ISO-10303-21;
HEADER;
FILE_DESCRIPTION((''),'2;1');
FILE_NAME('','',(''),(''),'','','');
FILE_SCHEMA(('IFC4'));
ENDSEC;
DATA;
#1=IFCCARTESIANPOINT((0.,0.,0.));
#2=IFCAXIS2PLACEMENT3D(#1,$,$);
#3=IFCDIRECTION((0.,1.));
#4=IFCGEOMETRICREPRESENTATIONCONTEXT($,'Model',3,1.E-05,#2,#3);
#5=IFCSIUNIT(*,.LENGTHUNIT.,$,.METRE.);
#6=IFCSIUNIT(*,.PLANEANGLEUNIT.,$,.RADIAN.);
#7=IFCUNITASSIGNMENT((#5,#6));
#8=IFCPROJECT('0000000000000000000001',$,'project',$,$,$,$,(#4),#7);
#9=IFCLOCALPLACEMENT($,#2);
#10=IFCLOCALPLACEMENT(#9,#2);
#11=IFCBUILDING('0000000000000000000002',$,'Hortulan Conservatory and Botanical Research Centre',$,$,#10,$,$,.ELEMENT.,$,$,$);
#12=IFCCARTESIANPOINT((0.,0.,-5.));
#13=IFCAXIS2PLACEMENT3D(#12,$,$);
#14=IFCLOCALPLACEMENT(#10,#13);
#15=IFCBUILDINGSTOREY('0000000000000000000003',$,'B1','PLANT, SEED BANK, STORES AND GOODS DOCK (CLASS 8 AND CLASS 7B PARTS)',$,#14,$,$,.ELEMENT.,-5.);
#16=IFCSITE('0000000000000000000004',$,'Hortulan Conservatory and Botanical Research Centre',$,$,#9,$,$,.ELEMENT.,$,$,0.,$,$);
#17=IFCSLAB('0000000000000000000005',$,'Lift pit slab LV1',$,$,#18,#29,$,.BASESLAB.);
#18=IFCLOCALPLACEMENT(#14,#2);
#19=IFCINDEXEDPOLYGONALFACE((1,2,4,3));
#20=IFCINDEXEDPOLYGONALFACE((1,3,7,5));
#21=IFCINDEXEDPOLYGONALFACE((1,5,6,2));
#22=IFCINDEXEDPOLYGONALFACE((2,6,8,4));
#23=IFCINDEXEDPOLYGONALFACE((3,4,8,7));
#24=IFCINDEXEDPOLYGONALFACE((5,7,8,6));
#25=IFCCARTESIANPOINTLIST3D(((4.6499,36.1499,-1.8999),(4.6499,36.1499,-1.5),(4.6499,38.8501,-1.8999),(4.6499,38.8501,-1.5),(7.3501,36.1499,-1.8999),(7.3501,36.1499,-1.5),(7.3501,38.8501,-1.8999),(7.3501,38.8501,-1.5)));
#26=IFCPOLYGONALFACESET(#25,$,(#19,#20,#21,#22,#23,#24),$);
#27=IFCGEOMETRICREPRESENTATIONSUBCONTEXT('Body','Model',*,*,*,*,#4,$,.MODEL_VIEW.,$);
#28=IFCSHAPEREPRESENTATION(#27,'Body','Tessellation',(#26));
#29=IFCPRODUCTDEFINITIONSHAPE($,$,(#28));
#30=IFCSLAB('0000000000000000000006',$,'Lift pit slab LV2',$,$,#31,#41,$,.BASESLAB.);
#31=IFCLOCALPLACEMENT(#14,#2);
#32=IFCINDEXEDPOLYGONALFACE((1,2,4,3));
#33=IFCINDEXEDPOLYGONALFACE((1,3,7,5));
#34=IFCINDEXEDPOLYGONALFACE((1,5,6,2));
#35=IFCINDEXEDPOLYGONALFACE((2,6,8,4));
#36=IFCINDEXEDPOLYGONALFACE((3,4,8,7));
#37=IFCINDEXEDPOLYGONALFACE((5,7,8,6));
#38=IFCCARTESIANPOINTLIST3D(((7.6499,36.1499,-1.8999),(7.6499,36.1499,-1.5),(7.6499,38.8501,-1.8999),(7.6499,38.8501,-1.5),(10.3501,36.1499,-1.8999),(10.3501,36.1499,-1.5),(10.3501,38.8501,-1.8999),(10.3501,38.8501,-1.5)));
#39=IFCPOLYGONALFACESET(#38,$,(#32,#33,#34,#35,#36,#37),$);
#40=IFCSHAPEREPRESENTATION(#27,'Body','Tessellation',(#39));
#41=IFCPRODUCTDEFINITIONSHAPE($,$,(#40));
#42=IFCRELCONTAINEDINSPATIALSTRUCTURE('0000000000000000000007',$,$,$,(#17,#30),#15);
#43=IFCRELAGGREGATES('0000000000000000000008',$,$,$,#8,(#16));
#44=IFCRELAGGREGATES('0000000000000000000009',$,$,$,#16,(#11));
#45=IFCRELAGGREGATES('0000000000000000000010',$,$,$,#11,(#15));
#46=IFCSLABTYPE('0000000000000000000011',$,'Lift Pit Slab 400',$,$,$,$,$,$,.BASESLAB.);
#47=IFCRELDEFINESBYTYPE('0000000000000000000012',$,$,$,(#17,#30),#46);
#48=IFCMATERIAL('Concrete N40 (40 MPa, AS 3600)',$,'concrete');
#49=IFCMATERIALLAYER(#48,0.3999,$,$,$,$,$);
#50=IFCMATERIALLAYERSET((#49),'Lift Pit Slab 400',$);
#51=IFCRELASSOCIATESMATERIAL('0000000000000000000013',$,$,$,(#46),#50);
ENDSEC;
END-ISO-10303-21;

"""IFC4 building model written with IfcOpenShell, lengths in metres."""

from ifc_helpers import new_model, si_unit, direction, frame, origin, place, context, subcontext, project, spatial, polyline, outline, extrude, material, layer, layer_set, type_object, element, save


model = new_model("IFC4")

# Units and contexts
model_context = context("Model", 3, precision=1e-05, world=origin(), true_north=direction((0.0, 1.0)))
body_context = subcontext(model_context, "Body", "Model", "MODEL_VIEW")
ifc_project = project(units=[si_unit("LENGTHUNIT", "METRE"), si_unit("PLANEANGLEUNIT", "RADIAN")], contexts=[model_context])

# Site, building, storey
site_placement = place(None, origin())
site = spatial("IfcSite", under=ifc_project, at=site_placement, Name="Hortulan Conservatory and Botanical Research Centre", CompositionType="ELEMENT", RefElevation=0.0)
building_placement = place(site_placement, origin())
building = spatial("IfcBuilding", under=site, at=building_placement, Name="Hortulan Conservatory and Botanical Research Centre", CompositionType="ELEMENT")
storey_placement = place(building_placement, frame((0.0, 0.0, -5.0)))
storey = spatial("IfcBuildingStorey", under=building, at=storey_placement, Name="B1", Description="PLANT, SEED BANK, STORES AND GOODS DOCK (CLASS 8 AND CLASS 7B PARTS)", CompositionType="ELEMENT", Elevation=-5.0)

# Shared definitions
ifc_material = material(Name="Concrete N40 (40 MPa, AS 3600)", Category="concrete")

# Slabs
ifc_layer = layer(ifc_material, 0.3999)
ifc_layer_set = layer_set([ifc_layer], Name="Lift Pit Slab 400")
slab_type = type_object("IfcSlabType", Name="Lift Pit Slab 400", PredefinedType="BASESLAB", material=ifc_layer_set)
slab_1_placement = place(storey_placement, frame((0.0, 0.0, -1.8999)))
element("IfcSlab", 1, at=slab_1_placement, inside=storey, type_object=slab_type, Name="Lift pit slab LV1", PredefinedType="BASESLAB", context=body_context, shape_type="SweptSolid", body=[
    extrude(outline(polyline([(7.3501, 36.1499), (7.3501, 38.8501), (4.6499, 38.8501), (4.6499, 36.1499), (7.3501, 36.1499)])), origin(), (0.0, 0.0, 1.0), 0.3999),
])
slab_2_placement = place(storey_placement, frame((0.0, 0.0, -1.8999)))
element("IfcSlab", 2, at=slab_2_placement, inside=storey, type_object=slab_type, Name="Lift pit slab LV2", PredefinedType="BASESLAB", context=body_context, shape_type="SweptSolid", body=[
    extrude(outline(polyline([(10.3501, 36.1499), (10.3501, 38.8501), (7.6499, 38.8501), (7.6499, 36.1499), (10.3501, 36.1499)])), origin(), (0.0, 0.0, 1.0), 0.3999),
])

save(model, "model.ifc")
